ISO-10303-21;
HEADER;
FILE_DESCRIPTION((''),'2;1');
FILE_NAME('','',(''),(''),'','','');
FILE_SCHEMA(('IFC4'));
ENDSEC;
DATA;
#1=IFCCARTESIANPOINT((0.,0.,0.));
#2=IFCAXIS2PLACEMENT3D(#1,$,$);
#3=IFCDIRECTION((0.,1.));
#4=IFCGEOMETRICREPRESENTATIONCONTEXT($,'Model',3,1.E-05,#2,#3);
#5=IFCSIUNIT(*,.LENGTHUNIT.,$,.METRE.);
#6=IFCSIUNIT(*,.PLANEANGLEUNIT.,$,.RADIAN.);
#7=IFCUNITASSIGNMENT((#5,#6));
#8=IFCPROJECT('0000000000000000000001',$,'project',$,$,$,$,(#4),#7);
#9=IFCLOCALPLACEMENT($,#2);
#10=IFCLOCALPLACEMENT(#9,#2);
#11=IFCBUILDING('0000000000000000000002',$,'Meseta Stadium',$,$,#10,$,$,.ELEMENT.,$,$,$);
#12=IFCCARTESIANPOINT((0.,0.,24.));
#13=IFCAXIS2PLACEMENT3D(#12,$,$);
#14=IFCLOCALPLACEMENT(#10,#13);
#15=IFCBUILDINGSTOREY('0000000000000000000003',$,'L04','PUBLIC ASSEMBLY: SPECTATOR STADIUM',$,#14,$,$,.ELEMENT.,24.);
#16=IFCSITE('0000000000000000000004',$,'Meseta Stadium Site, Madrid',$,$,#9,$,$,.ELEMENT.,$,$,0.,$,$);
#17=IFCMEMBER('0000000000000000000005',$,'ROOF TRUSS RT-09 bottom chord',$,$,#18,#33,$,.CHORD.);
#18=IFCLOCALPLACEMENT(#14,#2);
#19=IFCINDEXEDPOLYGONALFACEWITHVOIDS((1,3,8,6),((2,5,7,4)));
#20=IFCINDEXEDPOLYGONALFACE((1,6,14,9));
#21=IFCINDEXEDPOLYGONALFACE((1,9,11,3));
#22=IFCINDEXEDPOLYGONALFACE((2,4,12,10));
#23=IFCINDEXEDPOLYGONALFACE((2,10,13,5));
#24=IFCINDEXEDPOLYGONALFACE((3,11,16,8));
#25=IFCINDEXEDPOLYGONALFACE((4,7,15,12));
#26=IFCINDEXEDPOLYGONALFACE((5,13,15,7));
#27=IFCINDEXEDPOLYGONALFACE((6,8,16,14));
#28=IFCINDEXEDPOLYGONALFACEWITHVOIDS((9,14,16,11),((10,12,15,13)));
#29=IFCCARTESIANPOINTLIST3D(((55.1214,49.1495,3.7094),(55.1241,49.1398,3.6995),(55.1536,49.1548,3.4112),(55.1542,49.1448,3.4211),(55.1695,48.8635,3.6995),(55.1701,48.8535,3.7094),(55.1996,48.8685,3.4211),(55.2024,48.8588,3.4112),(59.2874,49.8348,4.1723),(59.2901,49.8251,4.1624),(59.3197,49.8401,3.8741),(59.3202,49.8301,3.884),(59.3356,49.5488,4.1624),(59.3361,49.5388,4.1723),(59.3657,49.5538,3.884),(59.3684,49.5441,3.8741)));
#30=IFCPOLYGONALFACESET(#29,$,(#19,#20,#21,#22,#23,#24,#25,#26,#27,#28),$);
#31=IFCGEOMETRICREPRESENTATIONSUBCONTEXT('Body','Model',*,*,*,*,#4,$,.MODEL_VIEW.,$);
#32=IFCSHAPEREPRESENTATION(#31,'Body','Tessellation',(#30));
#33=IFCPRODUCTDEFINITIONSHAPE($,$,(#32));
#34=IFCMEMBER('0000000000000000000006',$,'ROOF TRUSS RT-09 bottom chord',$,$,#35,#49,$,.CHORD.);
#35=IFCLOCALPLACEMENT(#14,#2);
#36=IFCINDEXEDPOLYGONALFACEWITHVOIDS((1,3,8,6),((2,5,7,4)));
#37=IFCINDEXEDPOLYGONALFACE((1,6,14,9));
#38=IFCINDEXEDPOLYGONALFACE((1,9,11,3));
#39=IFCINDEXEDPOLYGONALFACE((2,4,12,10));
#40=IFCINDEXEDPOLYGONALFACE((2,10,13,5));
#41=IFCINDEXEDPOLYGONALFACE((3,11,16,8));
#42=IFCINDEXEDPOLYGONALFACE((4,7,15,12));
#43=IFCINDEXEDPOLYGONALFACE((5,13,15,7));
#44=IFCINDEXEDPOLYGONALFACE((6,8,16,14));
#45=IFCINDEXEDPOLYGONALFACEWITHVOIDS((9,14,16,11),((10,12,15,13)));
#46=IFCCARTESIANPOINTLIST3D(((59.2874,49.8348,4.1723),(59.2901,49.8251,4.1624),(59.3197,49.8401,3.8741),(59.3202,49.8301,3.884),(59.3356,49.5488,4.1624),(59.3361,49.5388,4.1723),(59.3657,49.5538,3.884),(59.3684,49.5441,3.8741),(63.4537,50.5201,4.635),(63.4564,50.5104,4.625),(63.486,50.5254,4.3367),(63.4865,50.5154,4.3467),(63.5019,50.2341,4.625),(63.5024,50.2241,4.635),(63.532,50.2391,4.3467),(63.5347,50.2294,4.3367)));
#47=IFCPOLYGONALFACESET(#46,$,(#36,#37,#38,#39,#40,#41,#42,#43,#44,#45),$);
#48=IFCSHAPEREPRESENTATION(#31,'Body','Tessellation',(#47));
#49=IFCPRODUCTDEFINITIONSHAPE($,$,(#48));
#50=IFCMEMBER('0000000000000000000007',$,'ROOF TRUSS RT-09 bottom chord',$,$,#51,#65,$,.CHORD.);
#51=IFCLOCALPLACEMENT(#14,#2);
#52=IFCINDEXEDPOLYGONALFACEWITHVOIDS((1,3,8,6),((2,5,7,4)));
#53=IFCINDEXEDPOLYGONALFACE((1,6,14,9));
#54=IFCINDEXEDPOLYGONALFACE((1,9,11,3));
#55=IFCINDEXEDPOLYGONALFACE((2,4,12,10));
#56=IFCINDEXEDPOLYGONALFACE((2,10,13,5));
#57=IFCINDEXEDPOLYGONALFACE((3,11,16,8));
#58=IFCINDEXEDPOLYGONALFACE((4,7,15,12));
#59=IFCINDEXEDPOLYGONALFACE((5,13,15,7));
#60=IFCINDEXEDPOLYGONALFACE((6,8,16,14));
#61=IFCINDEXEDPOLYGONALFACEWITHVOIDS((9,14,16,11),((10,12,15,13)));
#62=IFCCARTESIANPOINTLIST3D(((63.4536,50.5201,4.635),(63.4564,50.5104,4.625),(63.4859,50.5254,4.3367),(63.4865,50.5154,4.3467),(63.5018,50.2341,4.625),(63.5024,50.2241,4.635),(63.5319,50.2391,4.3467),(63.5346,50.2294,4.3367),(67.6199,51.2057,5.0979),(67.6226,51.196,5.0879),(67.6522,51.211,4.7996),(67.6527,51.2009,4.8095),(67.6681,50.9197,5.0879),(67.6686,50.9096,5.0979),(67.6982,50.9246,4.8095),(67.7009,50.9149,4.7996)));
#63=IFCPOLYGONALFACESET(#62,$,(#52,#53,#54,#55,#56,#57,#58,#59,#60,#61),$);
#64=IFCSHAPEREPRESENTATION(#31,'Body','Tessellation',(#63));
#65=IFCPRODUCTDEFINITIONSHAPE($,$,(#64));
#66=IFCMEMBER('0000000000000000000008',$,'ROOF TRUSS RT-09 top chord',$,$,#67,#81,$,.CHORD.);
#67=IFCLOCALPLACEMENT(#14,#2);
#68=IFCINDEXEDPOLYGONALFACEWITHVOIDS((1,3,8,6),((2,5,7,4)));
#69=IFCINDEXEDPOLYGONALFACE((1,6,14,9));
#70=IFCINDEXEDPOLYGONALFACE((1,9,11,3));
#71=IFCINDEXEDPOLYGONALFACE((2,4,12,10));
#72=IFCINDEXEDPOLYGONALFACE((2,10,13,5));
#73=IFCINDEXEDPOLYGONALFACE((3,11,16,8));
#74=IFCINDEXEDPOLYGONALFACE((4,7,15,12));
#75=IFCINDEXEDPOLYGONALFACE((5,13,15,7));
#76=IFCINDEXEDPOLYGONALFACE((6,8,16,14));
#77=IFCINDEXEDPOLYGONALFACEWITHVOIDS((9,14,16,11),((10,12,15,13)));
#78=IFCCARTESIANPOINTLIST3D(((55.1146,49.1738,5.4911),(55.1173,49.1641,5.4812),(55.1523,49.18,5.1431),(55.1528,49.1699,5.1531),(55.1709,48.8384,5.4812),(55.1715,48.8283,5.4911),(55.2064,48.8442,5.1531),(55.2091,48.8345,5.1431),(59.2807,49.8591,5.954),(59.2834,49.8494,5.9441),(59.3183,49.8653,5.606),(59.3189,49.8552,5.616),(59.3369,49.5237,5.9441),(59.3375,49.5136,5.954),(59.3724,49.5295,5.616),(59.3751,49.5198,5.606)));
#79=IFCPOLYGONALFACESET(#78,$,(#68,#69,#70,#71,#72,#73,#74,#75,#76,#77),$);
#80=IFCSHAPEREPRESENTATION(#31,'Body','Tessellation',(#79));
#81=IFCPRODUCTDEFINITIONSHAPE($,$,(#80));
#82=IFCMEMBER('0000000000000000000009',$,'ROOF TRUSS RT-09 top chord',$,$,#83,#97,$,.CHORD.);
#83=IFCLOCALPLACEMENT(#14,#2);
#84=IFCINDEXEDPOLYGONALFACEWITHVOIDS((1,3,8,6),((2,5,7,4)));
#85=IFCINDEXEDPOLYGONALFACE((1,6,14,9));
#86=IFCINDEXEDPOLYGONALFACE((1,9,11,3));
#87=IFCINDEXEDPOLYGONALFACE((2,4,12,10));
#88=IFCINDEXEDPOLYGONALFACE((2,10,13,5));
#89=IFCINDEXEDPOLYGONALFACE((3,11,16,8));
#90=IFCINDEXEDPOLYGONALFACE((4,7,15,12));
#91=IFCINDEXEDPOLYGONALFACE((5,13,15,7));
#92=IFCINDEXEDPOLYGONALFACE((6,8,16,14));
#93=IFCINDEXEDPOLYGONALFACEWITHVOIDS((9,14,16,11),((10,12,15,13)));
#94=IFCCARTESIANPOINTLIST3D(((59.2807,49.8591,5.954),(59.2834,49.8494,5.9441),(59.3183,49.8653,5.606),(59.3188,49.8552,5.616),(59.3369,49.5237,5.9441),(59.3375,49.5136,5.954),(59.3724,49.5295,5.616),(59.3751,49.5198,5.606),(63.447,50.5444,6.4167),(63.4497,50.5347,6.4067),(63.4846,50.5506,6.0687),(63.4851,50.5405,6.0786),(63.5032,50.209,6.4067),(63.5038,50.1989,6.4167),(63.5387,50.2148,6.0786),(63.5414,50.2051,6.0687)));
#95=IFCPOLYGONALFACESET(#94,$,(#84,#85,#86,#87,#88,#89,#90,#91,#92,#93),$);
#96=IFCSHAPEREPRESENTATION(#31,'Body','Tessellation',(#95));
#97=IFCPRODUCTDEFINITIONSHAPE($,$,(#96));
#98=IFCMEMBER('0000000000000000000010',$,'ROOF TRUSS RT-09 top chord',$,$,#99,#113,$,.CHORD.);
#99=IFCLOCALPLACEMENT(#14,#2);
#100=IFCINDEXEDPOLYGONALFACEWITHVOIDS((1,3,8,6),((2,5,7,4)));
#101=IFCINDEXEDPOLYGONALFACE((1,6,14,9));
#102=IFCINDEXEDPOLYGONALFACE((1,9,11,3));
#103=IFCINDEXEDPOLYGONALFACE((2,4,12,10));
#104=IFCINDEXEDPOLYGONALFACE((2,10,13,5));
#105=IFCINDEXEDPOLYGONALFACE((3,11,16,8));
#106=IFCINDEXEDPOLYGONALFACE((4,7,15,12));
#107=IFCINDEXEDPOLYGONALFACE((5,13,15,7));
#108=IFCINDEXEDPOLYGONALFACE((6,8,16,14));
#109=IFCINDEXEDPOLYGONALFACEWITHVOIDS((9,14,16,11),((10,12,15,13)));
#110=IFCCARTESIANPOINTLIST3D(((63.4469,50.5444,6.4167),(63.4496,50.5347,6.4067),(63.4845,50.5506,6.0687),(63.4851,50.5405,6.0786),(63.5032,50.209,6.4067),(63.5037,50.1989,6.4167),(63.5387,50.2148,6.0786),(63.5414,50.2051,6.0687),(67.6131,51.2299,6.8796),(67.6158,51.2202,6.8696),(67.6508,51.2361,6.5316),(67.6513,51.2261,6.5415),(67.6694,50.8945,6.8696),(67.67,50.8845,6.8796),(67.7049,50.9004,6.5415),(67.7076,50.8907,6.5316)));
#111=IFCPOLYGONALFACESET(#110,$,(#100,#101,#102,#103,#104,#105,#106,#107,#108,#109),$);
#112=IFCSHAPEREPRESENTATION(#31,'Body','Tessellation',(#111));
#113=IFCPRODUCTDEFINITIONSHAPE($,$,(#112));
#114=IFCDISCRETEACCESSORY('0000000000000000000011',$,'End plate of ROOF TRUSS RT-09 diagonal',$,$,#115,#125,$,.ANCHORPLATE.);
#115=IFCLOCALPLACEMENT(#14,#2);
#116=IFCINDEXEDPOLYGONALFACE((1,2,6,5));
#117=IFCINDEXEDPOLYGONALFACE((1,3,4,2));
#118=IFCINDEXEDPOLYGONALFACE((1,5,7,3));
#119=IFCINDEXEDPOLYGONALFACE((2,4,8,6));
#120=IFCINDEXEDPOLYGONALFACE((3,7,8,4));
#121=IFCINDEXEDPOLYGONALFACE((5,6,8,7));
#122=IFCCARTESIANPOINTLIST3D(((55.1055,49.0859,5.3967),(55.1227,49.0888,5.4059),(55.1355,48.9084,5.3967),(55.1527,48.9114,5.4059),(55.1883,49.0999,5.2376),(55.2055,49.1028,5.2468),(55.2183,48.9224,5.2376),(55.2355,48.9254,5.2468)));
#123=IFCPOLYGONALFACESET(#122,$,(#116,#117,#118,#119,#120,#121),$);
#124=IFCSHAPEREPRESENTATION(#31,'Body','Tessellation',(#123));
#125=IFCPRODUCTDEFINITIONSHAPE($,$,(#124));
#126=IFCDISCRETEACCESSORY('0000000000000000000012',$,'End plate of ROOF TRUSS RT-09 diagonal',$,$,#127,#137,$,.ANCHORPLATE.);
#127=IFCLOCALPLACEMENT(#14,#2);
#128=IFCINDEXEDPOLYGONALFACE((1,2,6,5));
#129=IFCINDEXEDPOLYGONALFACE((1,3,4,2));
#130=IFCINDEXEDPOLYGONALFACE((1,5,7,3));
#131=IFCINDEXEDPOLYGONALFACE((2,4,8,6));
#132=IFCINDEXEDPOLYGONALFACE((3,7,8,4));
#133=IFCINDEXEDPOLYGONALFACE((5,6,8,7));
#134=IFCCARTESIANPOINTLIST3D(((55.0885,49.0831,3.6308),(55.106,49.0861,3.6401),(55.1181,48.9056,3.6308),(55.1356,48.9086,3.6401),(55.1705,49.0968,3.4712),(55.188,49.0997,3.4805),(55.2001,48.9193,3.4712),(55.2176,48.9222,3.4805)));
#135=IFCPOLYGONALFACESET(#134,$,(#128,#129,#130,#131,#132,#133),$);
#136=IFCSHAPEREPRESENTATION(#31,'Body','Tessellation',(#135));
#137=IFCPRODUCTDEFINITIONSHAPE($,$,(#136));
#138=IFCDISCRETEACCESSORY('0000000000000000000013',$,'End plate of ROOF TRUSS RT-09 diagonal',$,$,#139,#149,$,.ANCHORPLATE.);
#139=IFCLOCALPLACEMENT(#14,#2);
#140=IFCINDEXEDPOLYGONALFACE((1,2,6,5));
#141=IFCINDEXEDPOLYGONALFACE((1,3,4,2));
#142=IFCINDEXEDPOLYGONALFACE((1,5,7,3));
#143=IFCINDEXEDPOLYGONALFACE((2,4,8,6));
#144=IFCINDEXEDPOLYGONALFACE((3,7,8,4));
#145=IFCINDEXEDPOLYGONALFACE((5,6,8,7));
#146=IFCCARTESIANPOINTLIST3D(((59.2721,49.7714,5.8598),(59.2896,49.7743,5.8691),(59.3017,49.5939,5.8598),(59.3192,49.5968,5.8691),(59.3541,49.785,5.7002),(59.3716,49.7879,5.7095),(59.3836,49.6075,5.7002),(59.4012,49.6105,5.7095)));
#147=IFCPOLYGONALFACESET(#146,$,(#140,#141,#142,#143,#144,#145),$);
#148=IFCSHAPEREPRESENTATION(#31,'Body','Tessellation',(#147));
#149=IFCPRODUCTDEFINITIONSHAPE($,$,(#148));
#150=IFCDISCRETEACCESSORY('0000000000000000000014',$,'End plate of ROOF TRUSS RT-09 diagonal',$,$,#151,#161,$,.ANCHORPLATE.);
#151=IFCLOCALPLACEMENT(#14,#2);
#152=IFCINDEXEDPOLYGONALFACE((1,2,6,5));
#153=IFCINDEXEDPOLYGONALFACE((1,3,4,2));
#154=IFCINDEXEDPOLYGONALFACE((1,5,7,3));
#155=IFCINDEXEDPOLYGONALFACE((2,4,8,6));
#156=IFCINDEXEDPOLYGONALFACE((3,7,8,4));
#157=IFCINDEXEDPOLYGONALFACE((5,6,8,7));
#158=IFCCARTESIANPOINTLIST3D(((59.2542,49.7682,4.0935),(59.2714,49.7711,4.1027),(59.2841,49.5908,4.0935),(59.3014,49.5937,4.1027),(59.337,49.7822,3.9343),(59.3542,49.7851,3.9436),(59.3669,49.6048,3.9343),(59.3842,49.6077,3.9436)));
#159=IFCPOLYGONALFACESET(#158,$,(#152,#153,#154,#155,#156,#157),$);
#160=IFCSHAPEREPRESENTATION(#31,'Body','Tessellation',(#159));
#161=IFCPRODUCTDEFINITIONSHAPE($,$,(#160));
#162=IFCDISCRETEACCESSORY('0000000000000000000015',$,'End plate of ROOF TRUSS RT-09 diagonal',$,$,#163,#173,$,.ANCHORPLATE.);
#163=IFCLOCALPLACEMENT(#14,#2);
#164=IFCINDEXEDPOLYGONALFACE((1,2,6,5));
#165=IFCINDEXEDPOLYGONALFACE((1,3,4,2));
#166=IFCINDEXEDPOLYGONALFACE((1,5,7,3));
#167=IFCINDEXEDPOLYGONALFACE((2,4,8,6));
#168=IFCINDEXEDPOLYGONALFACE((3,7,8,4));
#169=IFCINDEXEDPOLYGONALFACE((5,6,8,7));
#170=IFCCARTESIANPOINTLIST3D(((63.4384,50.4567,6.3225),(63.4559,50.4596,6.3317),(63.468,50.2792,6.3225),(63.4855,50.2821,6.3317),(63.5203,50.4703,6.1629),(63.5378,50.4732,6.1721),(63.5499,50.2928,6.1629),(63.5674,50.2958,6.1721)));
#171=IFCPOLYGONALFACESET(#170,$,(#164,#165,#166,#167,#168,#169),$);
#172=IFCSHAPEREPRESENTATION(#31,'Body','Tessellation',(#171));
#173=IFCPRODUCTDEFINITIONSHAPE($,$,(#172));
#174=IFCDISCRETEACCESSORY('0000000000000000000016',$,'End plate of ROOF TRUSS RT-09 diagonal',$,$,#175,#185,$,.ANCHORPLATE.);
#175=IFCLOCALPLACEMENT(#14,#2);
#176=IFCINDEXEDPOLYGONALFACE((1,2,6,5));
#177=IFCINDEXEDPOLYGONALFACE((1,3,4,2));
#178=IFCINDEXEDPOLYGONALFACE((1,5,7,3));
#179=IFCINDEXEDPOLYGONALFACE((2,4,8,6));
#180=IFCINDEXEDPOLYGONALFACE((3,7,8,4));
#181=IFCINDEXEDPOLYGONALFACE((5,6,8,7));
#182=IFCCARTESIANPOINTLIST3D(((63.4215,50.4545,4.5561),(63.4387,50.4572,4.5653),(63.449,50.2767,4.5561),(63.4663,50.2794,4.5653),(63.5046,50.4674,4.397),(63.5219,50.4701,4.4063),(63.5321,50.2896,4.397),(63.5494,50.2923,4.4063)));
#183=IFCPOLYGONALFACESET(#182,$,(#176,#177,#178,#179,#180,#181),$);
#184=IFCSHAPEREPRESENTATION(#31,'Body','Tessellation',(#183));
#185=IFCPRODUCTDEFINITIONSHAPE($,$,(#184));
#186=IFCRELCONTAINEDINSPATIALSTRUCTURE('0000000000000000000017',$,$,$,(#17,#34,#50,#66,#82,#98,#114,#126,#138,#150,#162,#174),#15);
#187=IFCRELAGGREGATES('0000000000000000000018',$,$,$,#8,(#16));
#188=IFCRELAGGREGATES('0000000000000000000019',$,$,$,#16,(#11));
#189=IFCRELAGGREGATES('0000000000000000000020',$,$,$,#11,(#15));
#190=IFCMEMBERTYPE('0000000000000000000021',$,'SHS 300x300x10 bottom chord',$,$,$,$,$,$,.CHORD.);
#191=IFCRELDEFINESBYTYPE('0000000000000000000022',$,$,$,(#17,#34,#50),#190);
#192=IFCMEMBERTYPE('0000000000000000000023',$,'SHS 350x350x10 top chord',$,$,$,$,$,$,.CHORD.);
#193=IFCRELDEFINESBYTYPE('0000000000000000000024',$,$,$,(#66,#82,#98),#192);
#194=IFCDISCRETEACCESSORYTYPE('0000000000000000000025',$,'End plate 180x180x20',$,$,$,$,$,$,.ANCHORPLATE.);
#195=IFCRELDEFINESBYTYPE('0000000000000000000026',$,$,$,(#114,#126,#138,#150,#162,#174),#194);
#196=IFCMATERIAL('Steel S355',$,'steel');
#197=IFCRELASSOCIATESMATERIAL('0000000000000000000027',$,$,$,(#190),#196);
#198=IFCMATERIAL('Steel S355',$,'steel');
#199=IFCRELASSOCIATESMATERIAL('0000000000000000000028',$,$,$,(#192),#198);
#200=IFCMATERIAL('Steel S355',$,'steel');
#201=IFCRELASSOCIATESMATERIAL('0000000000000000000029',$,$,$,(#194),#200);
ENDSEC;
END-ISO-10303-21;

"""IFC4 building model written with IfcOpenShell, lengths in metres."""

from ifc_helpers import new_model, si_unit, direction, frame, origin, origin_2d, place, context, subcontext, project, spatial, rectangle, hollow_rectangle, extrude, material, material_profile, profile_set, type_object, element, save


model = new_model("IFC4")

# Units and contexts
model_context = context("Model", 3, precision=1e-05, world=origin(), true_north=direction((0.0, 1.0)))
body_context = subcontext(model_context, "Body", "Model", "MODEL_VIEW")
ifc_project = project(units=[si_unit("LENGTHUNIT", "METRE"), si_unit("PLANEANGLEUNIT", "RADIAN")], contexts=[model_context])

# Site, building, storey
site_placement = place(None, origin())
site = spatial("IfcSite", under=ifc_project, at=site_placement, Name="Meseta Stadium Site, Madrid", CompositionType="ELEMENT", RefElevation=0.0)
building_placement = place(site_placement, origin())
building = spatial("IfcBuilding", under=site, at=building_placement, Name="Meseta Stadium", CompositionType="ELEMENT")
storey_placement = place(building_placement, frame((0.0, 0.0, 24.0)))
storey = spatial("IfcBuildingStorey", under=building, at=storey_placement, Name="L04", Description="PUBLIC ASSEMBLY: SPECTATOR STADIUM", CompositionType="ELEMENT", Elevation=24.0)

# Members
ifc_material_1 = material(Name="Steel S355", Category="steel")
ifc_material_profile_1 = material_profile(ifc_material_1, hollow_rectangle(XDim=0.3, YDim=0.3, WallThickness=0.01, at=origin_2d()), Name="SHS 300x300x10")
ifc_profile_set_1 = profile_set([ifc_material_profile_1], Name="Steel S355")
member_type_1 = type_object("IfcMemberType", Name="SHS 300x300x10 bottom chord", PredefinedType="CHORD", material=ifc_profile_set_1)
member_1_placement = place(storey_placement, frame((55.1619, 49.0042, 3.5603), z_axis=(0.980861, 0.16135, 0.108985), x_axis=(-0.162317, 0.986739, 0.0)))
element("IfcMember", 1, at=member_1_placement, inside=storey, type_object=member_type_1, Name="ROOF TRUSS RT-09 bottom chord", PredefinedType="CHORD", context=body_context, shape_type="SweptSolid", body=[
    extrude(hollow_rectangle(XDim=0.3, YDim=0.3, WallThickness=0.01, at=origin_2d()), origin(), (0.0, 0.0, 1.0), 4.2473),
])
for number, where, z_axis, x_axis, name in (
    (2, (59.3279, 49.6895, 4.0232), (0.980869, 0.161342, 0.108922), (-0.162308, 0.98674, 0.0), "ROOF TRUSS RT-09 bottom chord"),
    (3, (63.4941, 50.3748, 4.4858), (0.980854, 0.161397, 0.108977), (-0.162364, 0.986731, 0.0), "ROOF TRUSS RT-09 bottom chord"),
):
    element("IfcMember", number, at=place(storey_placement, frame(where, z_axis=z_axis, x_axis=x_axis)), inside=storey, type_object=member_type_1, Name=name, PredefinedType="CHORD", context=body_context, shape_type="SweptSolid", body=[
        extrude(hollow_rectangle(XDim=0.3, YDim=0.3, WallThickness=0.01, at=origin_2d()), origin(), (0.0, 0.0, 1.0), 4.2476),
    ])
ifc_material_2 = material(Name="Steel S355", Category="steel")
ifc_material_profile_2 = material_profile(ifc_material_2, hollow_rectangle(XDim=0.3501, YDim=0.3501, WallThickness=0.01, at=origin_2d()), Name="SHS 350x350x10")
ifc_profile_set_2 = profile_set([ifc_material_profile_2], Name="Steel S355")
member_type_2 = type_object("IfcMemberType", Name="SHS 350x350x10 top chord", PredefinedType="CHORD", material=ifc_profile_set_2)
member_2_placement = place(storey_placement, frame((55.1619, 49.0042, 5.3171), z_axis=(0.980861, 0.16135, 0.108985), x_axis=(-0.162317, 0.986739, 0.0)))
element("IfcMember", 4, at=member_2_placement, inside=storey, type_object=member_type_2, Name="ROOF TRUSS RT-09 top chord", PredefinedType="CHORD", context=body_context, shape_type="SweptSolid", body=[
    extrude(hollow_rectangle(XDim=0.3501, YDim=0.3501, WallThickness=0.01, at=origin_2d()), origin(), (0.0, 0.0, 1.0), 4.2473),
])
for number, where, z_axis, x_axis, name in (
    (5, (59.3279, 49.6895, 5.78), (0.980869, 0.161342, 0.108922), (-0.162308, 0.98674, 0.0), "ROOF TRUSS RT-09 top chord"),
    (6, (63.4941, 50.3748, 6.2427), (0.980854, 0.161397, 0.108977), (-0.162364, 0.986731, 0.0), "ROOF TRUSS RT-09 top chord"),
):
    element("IfcMember", number, at=place(storey_placement, frame(where, z_axis=z_axis, x_axis=x_axis)), inside=storey, type_object=member_type_2, Name=name, PredefinedType="CHORD", context=body_context, shape_type="SweptSolid", body=[
        extrude(hollow_rectangle(XDim=0.3501, YDim=0.3501, WallThickness=0.01, at=origin_2d()), origin(), (0.0, 0.0, 1.0), 4.2476),
    ])

# Discrete accessories
ifc_material_3 = material(Name="Steel S355", Category="steel")
ifc_material_profile_3 = material_profile(ifc_material_3, rectangle(XDim=0.1799, YDim=0.1799, at=origin_2d()), Name="PL 180x180")
ifc_profile_set_3 = profile_set([ifc_material_profile_3], Name="Steel S355")
discrete_accessory_type_1 = type_object("IfcDiscreteAccessoryType", Name="End plate 180x180x20", PredefinedType="ANCHORPLATE", material=ifc_profile_set_3)
discrete_accessory_1_placement = place(storey_placement, frame((55.1619, 49.0042, 5.3171), z_axis=(0.872036, 0.147386, 0.466723), x_axis=(-0.166651, 0.986016, 0.0)))
element("IfcDiscreteAccessory", 7, at=discrete_accessory_1_placement, inside=storey, type_object=discrete_accessory_type_1, Name="End plate of ROOF TRUSS RT-09 diagonal", PredefinedType="ANCHORPLATE", context=body_context, shape_type="SweptSolid", body=[
    extrude(rectangle(XDim=0.1799, YDim=0.1799, at=origin_2d()), origin(), (0.0, 0.0, 1.0), 0.0198),
])
for number, where, z_axis, x_axis, name in (
    (8, (55.1443, 49.0012, 3.551), (0.874931, 0.145822, 0.461769), (-0.164399, 0.986394, 0.0), "End plate of ROOF TRUSS RT-09 diagonal"),
    (9, (59.3279, 49.6895, 5.78), (0.874931, 0.145822, 0.461769), (-0.164399, 0.986394, 0.0), "End plate of ROOF TRUSS RT-09 diagonal"),
):
    element("IfcDiscreteAccessory", number, at=place(storey_placement, frame(where, z_axis=z_axis, x_axis=x_axis)), inside=storey, type_object=discrete_accessory_type_1, Name=name, PredefinedType="ANCHORPLATE", context=body_context, shape_type="SweptSolid", body=[
        extrude(rectangle(XDim=0.1799, YDim=0.1799, at=origin_2d()), origin(), (0.0, 0.0, 1.0), 0.02),
    ])
discrete_accessory_2_placement = place(storey_placement, frame((59.3105, 49.6865, 4.0139), z_axis=(0.872036, 0.147386, 0.466723), x_axis=(-0.166651, 0.986016, 0.0)))
element("IfcDiscreteAccessory", 10, at=discrete_accessory_2_placement, inside=storey, type_object=discrete_accessory_type_1, Name="End plate of ROOF TRUSS RT-09 diagonal", PredefinedType="ANCHORPLATE", context=body_context, shape_type="SweptSolid", body=[
    extrude(rectangle(XDim=0.1799, YDim=0.1799, at=origin_2d()), origin(), (0.0, 0.0, 1.0), 0.0198),
])
discrete_accessory_3_placement = place(storey_placement, frame((63.4941, 50.3748, 6.2427), z_axis=(0.874931, 0.145822, 0.461769), x_axis=(-0.164399, 0.986394, 0.0)))
element("IfcDiscreteAccessory", 11, at=discrete_accessory_3_placement, inside=storey, type_object=discrete_accessory_type_1, Name="End plate of ROOF TRUSS RT-09 diagonal", PredefinedType="ANCHORPLATE", context=body_context, shape_type="SweptSolid", body=[
    extrude(rectangle(XDim=0.1799, YDim=0.1799, at=origin_2d()), origin(), (0.0, 0.0, 1.0), 0.02),
])
discrete_accessory_4_placement = place(storey_placement, frame((63.4768, 50.3721, 4.4766), z_axis=(0.873553, 0.135339, 0.467535), x_axis=(-0.153103, 0.98821, 0.0)))
element("IfcDiscreteAccessory", 12, at=discrete_accessory_4_placement, inside=storey, type_object=discrete_accessory_type_1, Name="End plate of ROOF TRUSS RT-09 diagonal", PredefinedType="ANCHORPLATE", context=body_context, shape_type="SweptSolid", body=[
    extrude(rectangle(XDim=0.1799, YDim=0.1799, at=origin_2d()), origin(), (0.0, 0.0, 1.0), 0.0198),
])

save(model, "model.ifc")
